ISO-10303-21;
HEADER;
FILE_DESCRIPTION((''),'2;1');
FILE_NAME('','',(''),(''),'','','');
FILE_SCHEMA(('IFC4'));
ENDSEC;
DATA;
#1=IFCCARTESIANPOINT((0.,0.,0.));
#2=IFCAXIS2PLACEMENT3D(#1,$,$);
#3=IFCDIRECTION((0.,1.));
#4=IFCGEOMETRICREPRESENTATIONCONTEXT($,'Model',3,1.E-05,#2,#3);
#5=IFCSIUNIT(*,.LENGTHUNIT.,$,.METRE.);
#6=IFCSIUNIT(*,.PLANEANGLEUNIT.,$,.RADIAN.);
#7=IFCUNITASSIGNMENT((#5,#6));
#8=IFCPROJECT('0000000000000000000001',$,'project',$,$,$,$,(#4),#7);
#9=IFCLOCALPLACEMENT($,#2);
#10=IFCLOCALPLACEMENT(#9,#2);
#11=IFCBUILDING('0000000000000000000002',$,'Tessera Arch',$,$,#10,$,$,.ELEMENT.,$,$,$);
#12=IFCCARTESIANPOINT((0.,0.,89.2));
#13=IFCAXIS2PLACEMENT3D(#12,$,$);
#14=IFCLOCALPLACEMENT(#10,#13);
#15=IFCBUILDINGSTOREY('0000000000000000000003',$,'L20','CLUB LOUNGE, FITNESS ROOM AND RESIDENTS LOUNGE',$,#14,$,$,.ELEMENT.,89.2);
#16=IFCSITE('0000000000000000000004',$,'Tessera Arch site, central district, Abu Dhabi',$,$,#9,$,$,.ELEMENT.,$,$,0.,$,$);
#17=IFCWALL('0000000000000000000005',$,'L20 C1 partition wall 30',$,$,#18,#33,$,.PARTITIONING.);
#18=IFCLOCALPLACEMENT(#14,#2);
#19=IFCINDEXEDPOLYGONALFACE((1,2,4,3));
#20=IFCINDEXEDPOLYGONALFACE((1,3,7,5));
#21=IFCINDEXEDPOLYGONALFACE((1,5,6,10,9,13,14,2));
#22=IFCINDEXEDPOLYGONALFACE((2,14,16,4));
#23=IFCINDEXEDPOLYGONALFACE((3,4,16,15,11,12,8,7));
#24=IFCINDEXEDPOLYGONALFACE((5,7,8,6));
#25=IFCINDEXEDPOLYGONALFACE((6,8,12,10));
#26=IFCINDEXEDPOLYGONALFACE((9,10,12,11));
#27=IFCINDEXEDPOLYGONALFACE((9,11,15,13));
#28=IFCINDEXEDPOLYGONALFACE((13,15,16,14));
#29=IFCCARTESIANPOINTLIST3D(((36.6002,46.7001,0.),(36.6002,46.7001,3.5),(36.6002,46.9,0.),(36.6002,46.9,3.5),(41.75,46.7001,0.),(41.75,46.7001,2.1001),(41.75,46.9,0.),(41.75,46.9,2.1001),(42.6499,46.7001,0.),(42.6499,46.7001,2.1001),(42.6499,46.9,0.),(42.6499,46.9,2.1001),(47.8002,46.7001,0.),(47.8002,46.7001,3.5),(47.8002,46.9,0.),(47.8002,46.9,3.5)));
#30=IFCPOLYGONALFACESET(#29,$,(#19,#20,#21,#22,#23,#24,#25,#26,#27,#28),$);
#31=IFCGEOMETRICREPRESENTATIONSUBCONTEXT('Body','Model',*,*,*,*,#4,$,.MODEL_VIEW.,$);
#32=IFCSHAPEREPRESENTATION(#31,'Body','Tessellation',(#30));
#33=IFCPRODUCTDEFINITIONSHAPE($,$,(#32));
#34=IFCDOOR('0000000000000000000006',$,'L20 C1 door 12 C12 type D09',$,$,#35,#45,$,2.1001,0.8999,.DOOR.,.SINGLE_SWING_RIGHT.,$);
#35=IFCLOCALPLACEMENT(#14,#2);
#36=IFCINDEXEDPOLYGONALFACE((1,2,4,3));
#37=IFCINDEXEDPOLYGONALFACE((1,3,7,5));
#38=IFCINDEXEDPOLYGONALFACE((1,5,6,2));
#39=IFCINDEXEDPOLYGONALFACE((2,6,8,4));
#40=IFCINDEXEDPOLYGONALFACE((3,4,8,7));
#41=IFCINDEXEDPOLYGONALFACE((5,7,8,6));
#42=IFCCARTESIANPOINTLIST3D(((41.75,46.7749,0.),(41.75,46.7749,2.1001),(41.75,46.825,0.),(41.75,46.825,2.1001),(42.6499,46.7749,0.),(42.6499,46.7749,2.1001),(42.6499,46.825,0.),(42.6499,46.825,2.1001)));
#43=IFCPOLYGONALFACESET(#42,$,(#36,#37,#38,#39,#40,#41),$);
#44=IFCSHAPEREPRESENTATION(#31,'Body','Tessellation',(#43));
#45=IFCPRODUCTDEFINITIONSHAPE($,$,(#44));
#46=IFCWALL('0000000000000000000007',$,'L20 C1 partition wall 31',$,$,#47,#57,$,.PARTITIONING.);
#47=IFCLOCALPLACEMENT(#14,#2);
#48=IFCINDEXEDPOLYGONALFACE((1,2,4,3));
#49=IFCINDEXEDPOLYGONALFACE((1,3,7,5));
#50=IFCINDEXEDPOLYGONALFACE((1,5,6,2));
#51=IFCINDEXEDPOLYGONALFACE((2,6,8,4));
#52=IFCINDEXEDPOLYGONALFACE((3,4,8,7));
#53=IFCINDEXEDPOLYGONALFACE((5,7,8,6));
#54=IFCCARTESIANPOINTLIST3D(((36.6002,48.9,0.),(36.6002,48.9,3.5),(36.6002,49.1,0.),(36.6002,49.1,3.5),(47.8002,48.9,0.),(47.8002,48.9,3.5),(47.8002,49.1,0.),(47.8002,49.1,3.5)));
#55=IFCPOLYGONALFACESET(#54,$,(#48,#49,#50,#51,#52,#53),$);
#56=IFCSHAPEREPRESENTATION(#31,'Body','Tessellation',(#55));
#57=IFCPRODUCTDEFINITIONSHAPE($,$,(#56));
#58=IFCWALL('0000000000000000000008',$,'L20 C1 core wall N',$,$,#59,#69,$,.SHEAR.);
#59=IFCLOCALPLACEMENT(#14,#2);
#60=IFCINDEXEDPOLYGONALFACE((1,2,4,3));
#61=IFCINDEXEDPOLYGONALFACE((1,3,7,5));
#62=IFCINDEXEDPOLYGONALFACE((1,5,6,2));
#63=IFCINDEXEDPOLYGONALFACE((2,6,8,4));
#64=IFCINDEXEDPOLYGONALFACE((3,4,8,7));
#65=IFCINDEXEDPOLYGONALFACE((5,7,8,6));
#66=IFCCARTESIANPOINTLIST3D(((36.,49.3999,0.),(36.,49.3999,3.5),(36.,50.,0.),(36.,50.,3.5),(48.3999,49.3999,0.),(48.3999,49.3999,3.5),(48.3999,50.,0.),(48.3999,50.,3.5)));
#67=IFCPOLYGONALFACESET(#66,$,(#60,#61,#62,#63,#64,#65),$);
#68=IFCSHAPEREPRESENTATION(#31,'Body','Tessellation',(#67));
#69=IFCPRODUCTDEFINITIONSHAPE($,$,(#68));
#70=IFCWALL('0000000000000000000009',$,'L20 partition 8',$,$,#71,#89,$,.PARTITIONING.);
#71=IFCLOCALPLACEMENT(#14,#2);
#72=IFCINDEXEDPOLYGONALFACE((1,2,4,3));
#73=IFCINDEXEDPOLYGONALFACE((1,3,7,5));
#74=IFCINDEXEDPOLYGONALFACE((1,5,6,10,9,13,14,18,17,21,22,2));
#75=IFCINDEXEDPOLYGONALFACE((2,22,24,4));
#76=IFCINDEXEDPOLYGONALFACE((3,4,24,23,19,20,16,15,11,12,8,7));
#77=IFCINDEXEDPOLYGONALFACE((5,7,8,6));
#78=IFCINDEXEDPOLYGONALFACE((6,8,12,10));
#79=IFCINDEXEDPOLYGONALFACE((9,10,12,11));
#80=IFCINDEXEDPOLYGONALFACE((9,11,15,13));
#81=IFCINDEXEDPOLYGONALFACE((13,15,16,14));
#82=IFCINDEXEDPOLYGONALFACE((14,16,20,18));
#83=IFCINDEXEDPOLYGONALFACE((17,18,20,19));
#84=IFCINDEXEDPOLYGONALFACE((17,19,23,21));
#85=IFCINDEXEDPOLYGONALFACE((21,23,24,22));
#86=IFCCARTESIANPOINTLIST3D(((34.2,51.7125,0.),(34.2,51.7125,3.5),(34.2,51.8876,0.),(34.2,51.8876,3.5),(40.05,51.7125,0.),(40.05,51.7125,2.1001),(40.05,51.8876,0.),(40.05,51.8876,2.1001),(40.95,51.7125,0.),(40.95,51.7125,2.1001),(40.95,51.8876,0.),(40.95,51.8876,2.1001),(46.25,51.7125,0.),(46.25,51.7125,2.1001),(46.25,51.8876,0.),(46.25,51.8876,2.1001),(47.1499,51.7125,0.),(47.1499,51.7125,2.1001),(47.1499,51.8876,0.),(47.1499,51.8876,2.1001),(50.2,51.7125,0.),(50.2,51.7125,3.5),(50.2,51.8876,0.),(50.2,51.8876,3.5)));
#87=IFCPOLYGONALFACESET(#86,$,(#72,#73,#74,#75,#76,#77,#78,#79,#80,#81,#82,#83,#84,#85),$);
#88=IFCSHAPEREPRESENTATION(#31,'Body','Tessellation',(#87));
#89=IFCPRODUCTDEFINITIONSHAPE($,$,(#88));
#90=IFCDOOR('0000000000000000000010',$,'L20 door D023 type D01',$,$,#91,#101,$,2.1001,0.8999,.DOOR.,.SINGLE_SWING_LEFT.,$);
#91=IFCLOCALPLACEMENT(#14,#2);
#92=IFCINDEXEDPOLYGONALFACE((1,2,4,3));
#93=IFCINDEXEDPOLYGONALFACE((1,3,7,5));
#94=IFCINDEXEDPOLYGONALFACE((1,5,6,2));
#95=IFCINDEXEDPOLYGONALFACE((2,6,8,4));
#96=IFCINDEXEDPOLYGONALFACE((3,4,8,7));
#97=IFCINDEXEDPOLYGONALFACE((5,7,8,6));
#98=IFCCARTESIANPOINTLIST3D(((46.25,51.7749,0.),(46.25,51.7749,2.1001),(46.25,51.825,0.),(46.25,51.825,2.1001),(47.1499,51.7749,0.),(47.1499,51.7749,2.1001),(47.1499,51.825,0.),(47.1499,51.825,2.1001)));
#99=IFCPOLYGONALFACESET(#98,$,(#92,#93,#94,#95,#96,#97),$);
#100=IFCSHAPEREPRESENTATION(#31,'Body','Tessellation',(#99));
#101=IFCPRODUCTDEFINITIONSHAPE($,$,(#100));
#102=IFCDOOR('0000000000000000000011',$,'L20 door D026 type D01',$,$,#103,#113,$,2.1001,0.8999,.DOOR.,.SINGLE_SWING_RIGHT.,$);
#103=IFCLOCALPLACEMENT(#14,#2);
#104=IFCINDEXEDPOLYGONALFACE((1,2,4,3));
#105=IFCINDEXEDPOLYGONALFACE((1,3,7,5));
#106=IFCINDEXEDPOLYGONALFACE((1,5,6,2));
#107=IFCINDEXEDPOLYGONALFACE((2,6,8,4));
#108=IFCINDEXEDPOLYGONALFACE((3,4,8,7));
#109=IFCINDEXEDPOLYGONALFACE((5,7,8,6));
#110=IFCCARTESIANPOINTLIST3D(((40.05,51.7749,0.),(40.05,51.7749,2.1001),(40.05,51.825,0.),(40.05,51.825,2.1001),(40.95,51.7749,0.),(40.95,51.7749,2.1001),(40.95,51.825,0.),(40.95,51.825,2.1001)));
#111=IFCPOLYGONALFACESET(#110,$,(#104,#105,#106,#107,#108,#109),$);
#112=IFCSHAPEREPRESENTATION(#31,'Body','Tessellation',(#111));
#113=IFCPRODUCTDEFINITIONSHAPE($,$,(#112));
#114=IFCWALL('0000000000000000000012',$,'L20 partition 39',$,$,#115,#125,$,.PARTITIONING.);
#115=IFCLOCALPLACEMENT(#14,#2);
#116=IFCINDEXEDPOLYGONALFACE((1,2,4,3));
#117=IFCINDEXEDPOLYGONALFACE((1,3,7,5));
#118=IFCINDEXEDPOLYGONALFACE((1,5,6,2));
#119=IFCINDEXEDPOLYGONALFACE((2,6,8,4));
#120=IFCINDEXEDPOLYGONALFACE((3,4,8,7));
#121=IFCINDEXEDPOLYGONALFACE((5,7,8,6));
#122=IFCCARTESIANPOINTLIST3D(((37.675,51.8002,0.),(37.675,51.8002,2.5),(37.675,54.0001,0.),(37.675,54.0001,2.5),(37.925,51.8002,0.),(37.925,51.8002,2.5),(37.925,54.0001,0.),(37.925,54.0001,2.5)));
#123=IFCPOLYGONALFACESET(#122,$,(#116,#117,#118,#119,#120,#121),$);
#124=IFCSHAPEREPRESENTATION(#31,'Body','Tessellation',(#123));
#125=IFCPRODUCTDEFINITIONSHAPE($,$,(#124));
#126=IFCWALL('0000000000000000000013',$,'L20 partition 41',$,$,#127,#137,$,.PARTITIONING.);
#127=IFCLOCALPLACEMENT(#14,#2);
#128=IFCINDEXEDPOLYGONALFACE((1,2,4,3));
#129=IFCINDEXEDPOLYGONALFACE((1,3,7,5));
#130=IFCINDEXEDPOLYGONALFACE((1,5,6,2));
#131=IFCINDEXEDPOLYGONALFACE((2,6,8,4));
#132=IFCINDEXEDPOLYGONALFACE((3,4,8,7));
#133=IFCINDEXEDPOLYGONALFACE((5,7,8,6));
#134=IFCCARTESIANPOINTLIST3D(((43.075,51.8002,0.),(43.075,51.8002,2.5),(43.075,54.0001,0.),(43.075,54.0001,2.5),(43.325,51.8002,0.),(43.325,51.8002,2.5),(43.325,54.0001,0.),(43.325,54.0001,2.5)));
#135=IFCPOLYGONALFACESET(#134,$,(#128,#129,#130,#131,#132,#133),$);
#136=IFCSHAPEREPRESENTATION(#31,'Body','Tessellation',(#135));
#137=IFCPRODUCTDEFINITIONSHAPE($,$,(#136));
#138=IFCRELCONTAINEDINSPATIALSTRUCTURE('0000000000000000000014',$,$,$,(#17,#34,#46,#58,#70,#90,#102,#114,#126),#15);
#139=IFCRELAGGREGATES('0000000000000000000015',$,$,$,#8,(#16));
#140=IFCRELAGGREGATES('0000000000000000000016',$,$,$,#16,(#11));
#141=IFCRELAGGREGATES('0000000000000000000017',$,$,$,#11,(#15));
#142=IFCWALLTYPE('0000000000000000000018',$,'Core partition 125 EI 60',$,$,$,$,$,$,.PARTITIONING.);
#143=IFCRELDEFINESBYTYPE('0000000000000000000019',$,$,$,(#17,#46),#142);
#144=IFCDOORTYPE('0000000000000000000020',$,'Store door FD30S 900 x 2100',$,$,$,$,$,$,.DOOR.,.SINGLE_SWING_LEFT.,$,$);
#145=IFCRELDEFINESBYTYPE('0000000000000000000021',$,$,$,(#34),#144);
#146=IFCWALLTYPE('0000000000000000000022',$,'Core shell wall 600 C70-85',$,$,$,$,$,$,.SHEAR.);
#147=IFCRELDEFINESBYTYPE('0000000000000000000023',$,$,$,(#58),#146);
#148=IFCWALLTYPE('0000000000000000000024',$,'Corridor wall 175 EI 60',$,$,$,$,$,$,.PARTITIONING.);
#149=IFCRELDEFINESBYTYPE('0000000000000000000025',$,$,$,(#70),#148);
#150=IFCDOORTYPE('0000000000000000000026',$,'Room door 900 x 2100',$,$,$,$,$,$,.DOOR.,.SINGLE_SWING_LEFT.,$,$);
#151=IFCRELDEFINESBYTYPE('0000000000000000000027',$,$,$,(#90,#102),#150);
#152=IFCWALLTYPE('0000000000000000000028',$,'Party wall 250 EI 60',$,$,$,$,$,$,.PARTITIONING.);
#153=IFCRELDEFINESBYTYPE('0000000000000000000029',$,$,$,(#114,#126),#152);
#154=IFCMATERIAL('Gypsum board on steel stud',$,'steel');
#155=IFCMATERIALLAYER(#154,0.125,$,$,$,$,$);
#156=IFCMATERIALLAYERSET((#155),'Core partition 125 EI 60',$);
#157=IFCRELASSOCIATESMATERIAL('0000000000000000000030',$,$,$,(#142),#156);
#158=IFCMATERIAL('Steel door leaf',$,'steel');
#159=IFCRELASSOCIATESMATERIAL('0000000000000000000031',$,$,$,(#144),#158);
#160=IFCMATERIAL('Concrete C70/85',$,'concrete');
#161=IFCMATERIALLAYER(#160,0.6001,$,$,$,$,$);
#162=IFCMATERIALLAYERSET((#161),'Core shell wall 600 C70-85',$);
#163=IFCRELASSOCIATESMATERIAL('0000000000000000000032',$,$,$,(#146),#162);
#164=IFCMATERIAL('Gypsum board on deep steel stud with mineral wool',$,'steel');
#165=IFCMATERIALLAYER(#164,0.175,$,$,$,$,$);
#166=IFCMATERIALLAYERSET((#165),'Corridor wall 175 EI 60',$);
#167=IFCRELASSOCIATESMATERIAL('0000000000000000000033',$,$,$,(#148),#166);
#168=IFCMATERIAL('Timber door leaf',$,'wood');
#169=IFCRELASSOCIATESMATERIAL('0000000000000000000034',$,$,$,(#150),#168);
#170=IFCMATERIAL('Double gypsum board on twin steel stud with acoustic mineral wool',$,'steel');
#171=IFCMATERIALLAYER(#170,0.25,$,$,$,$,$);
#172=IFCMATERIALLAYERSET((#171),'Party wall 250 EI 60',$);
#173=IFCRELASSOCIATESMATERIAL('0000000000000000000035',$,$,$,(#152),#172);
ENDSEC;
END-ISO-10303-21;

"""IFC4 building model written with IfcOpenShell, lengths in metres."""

from ifc_helpers import new_model, si_unit, direction, frame, frame_2d, origin, place, context, subcontext, project, spatial, rectangle, extrude, material, layer, layer_set, type_object, element, fill, save


model = new_model("IFC4")

# Units and contexts
model_context = context("Model", 3, precision=1e-05, world=origin(), true_north=direction((0.0, 1.0)))
body_context = subcontext(model_context, "Body", "Model", "MODEL_VIEW")
ifc_project = project(units=[si_unit("LENGTHUNIT", "METRE"), si_unit("PLANEANGLEUNIT", "RADIAN")], contexts=[model_context])

# Site, building, storey
site_placement = place(None, origin())
site = spatial("IfcSite", under=ifc_project, at=site_placement, Name="Tessera Arch site, central district, Abu Dhabi", CompositionType="ELEMENT", RefElevation=0.0)
building_placement = place(site_placement, origin())
building = spatial("IfcBuilding", under=site, at=building_placement, Name="Tessera Arch", CompositionType="ELEMENT")
storey_placement = place(building_placement, frame((0.0, 0.0, 89.2)))
storey = spatial("IfcBuildingStorey", under=building, at=storey_placement, Name="L20", Description="CLUB LOUNGE, FITNESS ROOM AND RESIDENTS LOUNGE", CompositionType="ELEMENT", Elevation=89.2)

# Wall, opening, door
ifc_material_1 = material(Name="Gypsum board on steel stud", Category="steel")
ifc_layer_1 = layer(ifc_material_1, 0.125)
ifc_layer_set_1 = layer_set([ifc_layer_1], Name="Core partition 125 EI 60")
wall_type_1 = type_object("IfcWallType", Name="Core partition 125 EI 60", PredefinedType="PARTITIONING", material=ifc_layer_set_1)
wall_1_placement = place(storey_placement, frame((36.6001, 46.8, 0.0), z_axis=(0.0, 0.0, 1.0), x_axis=(1.0, 0.0, 0.0)))
wall_1 = element("IfcWall", 1, at=wall_1_placement, inside=storey, type_object=wall_type_1, Name="L20 C1 partition wall 30", PredefinedType="PARTITIONING", context=body_context, shape_type="SweptSolid", body=[
    extrude(rectangle(XDim=11.2, YDim=0.2, at=frame_2d((5.6001, 0.0))), origin(), (0.0, 0.0, 1.0), 3.5),
])
opening_1_placement = place(wall_1_placement, frame((5.1499, 0.0, 0.0)))
opening_1 = element("IfcOpeningElement", 2, at=opening_1_placement, cuts=wall_1, PredefinedType="OPENING", context=body_context, shape_type="SweptSolid", body=[
    extrude(rectangle(XDim=0.8999, YDim=2.1001, at=frame_2d((0.45, 1.05))), frame((0.0, 0.1099, 0.0), z_axis=(0.0, -1.0, 0.0), x_axis=(1.0, 0.0, 0.0)), (0.0, 0.0, 1.0), 0.22),
])
ifc_material_2 = material(Name="Steel door leaf", Category="steel")
door_type_1 = type_object("IfcDoorType", Name="Store door FD30S 900 x 2100", OperationType="SINGLE_SWING_LEFT", PredefinedType="DOOR", material=ifc_material_2)
door_1_placement = place(opening_1_placement, origin())
door_1 = element("IfcDoor", 3, at=door_1_placement, inside=storey, type_object=door_type_1, Name="L20 C1 door 12 C12 type D09", OperationType="SINGLE_SWING_RIGHT", OverallHeight=2.1001, OverallWidth=0.8999, PredefinedType="DOOR", context=body_context, shape_type="SweptSolid", body=[
    extrude(rectangle(XDim=0.8999, YDim=2.1001, at=frame_2d((0.45, 1.05))), frame((0.0, 0.0249, 0.0), z_axis=(0.0, -1.0, 0.0), x_axis=(1.0, 0.0, 0.0)), (0.0, 0.0, 1.0), 0.05),
])
fill(opening_1, door_1)

# Walls
wall_2_placement = place(storey_placement, frame((36.6001, 49.0, 0.0), z_axis=(0.0, 0.0, 1.0), x_axis=(1.0, 0.0, 0.0)))
element("IfcWall", 4, at=wall_2_placement, inside=storey, type_object=wall_type_1, Name="L20 C1 partition wall 31", PredefinedType="PARTITIONING", context=body_context, shape_type="SweptSolid", body=[
    extrude(rectangle(XDim=11.2, YDim=0.2, at=frame_2d((5.6001, 0.0))), origin(), (0.0, 0.0, 1.0), 3.5),
])
ifc_material_3 = material(Name="Concrete C70/85", Category="concrete")
ifc_layer_2 = layer(ifc_material_3, 0.6001)
ifc_layer_set_2 = layer_set([ifc_layer_2], Name="Core shell wall 600 C70-85")
wall_type_2 = type_object("IfcWallType", Name="Core shell wall 600 C70-85", PredefinedType="SHEAR", material=ifc_layer_set_2)
wall_3_placement = place(storey_placement, frame((36.0, 49.7, 0.0), z_axis=(0.0, 0.0, 1.0), x_axis=(1.0, 0.0, 0.0)))
element("IfcWall", 5, at=wall_3_placement, inside=storey, type_object=wall_type_2, Name="L20 C1 core wall N", PredefinedType="SHEAR", context=body_context, shape_type="SweptSolid", body=[
    extrude(rectangle(XDim=12.3999, YDim=0.6001, at=frame_2d((6.2, 0.0))), origin(), (0.0, 0.0, 1.0), 3.5),
])

# Wall, openings, doors
ifc_material_4 = material(Name="Gypsum board on deep steel stud with mineral wool", Category="steel")
ifc_layer_3 = layer(ifc_material_4, 0.175)
ifc_layer_set_3 = layer_set([ifc_layer_3], Name="Corridor wall 175 EI 60")
wall_type_3 = type_object("IfcWallType", Name="Corridor wall 175 EI 60", PredefinedType="PARTITIONING", material=ifc_layer_set_3)
wall_4_placement = place(storey_placement, frame((34.2, 51.8, 0.0), z_axis=(0.0, 0.0, 1.0), x_axis=(1.0, 0.0, 0.0)))
wall_4 = element("IfcWall", 6, at=wall_4_placement, inside=storey, type_object=wall_type_3, Name="L20 partition 8", PredefinedType="PARTITIONING", context=body_context, shape_type="SweptSolid", body=[
    extrude(rectangle(XDim=16.0, YDim=0.175, at=frame_2d((8.0, 0.0))), origin(), (0.0, 0.0, 1.0), 3.5),
])
opening_2_placement = place(wall_4_placement, frame((12.05, 0.0, 0.0)))
opening_2 = element("IfcOpeningElement", 7, at=opening_2_placement, cuts=wall_4, PredefinedType="OPENING", context=body_context, shape_type="SweptSolid", body=[
    extrude(rectangle(XDim=0.8999, YDim=2.1001, at=frame_2d((0.45, 1.05))), frame((0.0, 0.0974, 0.0), z_axis=(0.0, -1.0, 0.0), x_axis=(1.0, 0.0, 0.0)), (0.0, 0.0, 1.0), 0.1951),
])
opening_3_placement = place(wall_4_placement, frame((5.8501, 0.0, 0.0)))
opening_3 = element("IfcOpeningElement", 8, at=opening_3_placement, cuts=wall_4, PredefinedType="OPENING", context=body_context, shape_type="SweptSolid", body=[
    extrude(rectangle(XDim=0.8999, YDim=2.1001, at=frame_2d((0.45, 1.05))), frame((0.0, 0.0974, 0.0), z_axis=(0.0, -1.0, 0.0), x_axis=(1.0, 0.0, 0.0)), (0.0, 0.0, 1.0), 0.1951),
])
ifc_material_5 = material(Name="Timber door leaf", Category="wood")
door_type_2 = type_object("IfcDoorType", Name="Room door 900 x 2100", OperationType="SINGLE_SWING_LEFT", PredefinedType="DOOR", material=ifc_material_5)
door_2_placement = place(opening_2_placement, origin())
door_2 = element("IfcDoor", 9, at=door_2_placement, inside=storey, type_object=door_type_2, Name="L20 door D023 type D01", OperationType="SINGLE_SWING_LEFT", OverallHeight=2.1001, OverallWidth=0.8999, PredefinedType="DOOR", context=body_context, shape_type="SweptSolid", body=[
    extrude(rectangle(XDim=0.8999, YDim=2.1001, at=frame_2d((0.45, 1.05))), frame((0.0, 0.0249, 0.0), z_axis=(0.0, -1.0, 0.0), x_axis=(1.0, 0.0, 0.0)), (0.0, 0.0, 1.0), 0.05),
])
fill(opening_2, door_2)
door_3_placement = place(opening_3_placement, origin())
door_3 = element("IfcDoor", 10, at=door_3_placement, inside=storey, type_object=door_type_2, Name="L20 door D026 type D01", OperationType="SINGLE_SWING_RIGHT", OverallHeight=2.1001, OverallWidth=0.8999, PredefinedType="DOOR", context=body_context, shape_type="SweptSolid", body=[
    extrude(rectangle(XDim=0.8999, YDim=2.1001, at=frame_2d((0.45, 1.05))), frame((0.0, 0.0249, 0.0), z_axis=(0.0, -1.0, 0.0), x_axis=(1.0, 0.0, 0.0)), (0.0, 0.0, 1.0), 0.05),
])
fill(opening_3, door_3)

# Walls
ifc_material_6 = material(Name="Double gypsum board on twin steel stud with acoustic mineral wool", Category="steel")
ifc_layer_4 = layer(ifc_material_6, 0.25)
ifc_layer_set_4 = layer_set([ifc_layer_4], Name="Party wall 250 EI 60")
wall_type_4 = type_object("IfcWallType", Name="Party wall 250 EI 60", PredefinedType="PARTITIONING", material=ifc_layer_set_4)
for number, where, z_axis, x_axis, name in (
    (11, (37.8, 51.8, 0.0), (0.0, 0.0, 1.0), (0.0, 1.0, 0.0), "L20 partition 39"),
    (12, (43.2, 51.8, 0.0), (0.0, 0.0, 1.0), (0.0, 1.0, 0.0), "L20 partition 41"),
):
    element("IfcWall", number, at=place(storey_placement, frame(where, z_axis=z_axis, x_axis=x_axis)), inside=storey, type_object=wall_type_4, Name=name, PredefinedType="PARTITIONING", context=body_context, shape_type="SweptSolid", body=[
        extrude(rectangle(XDim=2.2, YDim=0.25, at=frame_2d((1.1001, 0.0))), origin(), (0.0, 0.0, 1.0), 2.5),
    ])

save(model, "model.ifc")
